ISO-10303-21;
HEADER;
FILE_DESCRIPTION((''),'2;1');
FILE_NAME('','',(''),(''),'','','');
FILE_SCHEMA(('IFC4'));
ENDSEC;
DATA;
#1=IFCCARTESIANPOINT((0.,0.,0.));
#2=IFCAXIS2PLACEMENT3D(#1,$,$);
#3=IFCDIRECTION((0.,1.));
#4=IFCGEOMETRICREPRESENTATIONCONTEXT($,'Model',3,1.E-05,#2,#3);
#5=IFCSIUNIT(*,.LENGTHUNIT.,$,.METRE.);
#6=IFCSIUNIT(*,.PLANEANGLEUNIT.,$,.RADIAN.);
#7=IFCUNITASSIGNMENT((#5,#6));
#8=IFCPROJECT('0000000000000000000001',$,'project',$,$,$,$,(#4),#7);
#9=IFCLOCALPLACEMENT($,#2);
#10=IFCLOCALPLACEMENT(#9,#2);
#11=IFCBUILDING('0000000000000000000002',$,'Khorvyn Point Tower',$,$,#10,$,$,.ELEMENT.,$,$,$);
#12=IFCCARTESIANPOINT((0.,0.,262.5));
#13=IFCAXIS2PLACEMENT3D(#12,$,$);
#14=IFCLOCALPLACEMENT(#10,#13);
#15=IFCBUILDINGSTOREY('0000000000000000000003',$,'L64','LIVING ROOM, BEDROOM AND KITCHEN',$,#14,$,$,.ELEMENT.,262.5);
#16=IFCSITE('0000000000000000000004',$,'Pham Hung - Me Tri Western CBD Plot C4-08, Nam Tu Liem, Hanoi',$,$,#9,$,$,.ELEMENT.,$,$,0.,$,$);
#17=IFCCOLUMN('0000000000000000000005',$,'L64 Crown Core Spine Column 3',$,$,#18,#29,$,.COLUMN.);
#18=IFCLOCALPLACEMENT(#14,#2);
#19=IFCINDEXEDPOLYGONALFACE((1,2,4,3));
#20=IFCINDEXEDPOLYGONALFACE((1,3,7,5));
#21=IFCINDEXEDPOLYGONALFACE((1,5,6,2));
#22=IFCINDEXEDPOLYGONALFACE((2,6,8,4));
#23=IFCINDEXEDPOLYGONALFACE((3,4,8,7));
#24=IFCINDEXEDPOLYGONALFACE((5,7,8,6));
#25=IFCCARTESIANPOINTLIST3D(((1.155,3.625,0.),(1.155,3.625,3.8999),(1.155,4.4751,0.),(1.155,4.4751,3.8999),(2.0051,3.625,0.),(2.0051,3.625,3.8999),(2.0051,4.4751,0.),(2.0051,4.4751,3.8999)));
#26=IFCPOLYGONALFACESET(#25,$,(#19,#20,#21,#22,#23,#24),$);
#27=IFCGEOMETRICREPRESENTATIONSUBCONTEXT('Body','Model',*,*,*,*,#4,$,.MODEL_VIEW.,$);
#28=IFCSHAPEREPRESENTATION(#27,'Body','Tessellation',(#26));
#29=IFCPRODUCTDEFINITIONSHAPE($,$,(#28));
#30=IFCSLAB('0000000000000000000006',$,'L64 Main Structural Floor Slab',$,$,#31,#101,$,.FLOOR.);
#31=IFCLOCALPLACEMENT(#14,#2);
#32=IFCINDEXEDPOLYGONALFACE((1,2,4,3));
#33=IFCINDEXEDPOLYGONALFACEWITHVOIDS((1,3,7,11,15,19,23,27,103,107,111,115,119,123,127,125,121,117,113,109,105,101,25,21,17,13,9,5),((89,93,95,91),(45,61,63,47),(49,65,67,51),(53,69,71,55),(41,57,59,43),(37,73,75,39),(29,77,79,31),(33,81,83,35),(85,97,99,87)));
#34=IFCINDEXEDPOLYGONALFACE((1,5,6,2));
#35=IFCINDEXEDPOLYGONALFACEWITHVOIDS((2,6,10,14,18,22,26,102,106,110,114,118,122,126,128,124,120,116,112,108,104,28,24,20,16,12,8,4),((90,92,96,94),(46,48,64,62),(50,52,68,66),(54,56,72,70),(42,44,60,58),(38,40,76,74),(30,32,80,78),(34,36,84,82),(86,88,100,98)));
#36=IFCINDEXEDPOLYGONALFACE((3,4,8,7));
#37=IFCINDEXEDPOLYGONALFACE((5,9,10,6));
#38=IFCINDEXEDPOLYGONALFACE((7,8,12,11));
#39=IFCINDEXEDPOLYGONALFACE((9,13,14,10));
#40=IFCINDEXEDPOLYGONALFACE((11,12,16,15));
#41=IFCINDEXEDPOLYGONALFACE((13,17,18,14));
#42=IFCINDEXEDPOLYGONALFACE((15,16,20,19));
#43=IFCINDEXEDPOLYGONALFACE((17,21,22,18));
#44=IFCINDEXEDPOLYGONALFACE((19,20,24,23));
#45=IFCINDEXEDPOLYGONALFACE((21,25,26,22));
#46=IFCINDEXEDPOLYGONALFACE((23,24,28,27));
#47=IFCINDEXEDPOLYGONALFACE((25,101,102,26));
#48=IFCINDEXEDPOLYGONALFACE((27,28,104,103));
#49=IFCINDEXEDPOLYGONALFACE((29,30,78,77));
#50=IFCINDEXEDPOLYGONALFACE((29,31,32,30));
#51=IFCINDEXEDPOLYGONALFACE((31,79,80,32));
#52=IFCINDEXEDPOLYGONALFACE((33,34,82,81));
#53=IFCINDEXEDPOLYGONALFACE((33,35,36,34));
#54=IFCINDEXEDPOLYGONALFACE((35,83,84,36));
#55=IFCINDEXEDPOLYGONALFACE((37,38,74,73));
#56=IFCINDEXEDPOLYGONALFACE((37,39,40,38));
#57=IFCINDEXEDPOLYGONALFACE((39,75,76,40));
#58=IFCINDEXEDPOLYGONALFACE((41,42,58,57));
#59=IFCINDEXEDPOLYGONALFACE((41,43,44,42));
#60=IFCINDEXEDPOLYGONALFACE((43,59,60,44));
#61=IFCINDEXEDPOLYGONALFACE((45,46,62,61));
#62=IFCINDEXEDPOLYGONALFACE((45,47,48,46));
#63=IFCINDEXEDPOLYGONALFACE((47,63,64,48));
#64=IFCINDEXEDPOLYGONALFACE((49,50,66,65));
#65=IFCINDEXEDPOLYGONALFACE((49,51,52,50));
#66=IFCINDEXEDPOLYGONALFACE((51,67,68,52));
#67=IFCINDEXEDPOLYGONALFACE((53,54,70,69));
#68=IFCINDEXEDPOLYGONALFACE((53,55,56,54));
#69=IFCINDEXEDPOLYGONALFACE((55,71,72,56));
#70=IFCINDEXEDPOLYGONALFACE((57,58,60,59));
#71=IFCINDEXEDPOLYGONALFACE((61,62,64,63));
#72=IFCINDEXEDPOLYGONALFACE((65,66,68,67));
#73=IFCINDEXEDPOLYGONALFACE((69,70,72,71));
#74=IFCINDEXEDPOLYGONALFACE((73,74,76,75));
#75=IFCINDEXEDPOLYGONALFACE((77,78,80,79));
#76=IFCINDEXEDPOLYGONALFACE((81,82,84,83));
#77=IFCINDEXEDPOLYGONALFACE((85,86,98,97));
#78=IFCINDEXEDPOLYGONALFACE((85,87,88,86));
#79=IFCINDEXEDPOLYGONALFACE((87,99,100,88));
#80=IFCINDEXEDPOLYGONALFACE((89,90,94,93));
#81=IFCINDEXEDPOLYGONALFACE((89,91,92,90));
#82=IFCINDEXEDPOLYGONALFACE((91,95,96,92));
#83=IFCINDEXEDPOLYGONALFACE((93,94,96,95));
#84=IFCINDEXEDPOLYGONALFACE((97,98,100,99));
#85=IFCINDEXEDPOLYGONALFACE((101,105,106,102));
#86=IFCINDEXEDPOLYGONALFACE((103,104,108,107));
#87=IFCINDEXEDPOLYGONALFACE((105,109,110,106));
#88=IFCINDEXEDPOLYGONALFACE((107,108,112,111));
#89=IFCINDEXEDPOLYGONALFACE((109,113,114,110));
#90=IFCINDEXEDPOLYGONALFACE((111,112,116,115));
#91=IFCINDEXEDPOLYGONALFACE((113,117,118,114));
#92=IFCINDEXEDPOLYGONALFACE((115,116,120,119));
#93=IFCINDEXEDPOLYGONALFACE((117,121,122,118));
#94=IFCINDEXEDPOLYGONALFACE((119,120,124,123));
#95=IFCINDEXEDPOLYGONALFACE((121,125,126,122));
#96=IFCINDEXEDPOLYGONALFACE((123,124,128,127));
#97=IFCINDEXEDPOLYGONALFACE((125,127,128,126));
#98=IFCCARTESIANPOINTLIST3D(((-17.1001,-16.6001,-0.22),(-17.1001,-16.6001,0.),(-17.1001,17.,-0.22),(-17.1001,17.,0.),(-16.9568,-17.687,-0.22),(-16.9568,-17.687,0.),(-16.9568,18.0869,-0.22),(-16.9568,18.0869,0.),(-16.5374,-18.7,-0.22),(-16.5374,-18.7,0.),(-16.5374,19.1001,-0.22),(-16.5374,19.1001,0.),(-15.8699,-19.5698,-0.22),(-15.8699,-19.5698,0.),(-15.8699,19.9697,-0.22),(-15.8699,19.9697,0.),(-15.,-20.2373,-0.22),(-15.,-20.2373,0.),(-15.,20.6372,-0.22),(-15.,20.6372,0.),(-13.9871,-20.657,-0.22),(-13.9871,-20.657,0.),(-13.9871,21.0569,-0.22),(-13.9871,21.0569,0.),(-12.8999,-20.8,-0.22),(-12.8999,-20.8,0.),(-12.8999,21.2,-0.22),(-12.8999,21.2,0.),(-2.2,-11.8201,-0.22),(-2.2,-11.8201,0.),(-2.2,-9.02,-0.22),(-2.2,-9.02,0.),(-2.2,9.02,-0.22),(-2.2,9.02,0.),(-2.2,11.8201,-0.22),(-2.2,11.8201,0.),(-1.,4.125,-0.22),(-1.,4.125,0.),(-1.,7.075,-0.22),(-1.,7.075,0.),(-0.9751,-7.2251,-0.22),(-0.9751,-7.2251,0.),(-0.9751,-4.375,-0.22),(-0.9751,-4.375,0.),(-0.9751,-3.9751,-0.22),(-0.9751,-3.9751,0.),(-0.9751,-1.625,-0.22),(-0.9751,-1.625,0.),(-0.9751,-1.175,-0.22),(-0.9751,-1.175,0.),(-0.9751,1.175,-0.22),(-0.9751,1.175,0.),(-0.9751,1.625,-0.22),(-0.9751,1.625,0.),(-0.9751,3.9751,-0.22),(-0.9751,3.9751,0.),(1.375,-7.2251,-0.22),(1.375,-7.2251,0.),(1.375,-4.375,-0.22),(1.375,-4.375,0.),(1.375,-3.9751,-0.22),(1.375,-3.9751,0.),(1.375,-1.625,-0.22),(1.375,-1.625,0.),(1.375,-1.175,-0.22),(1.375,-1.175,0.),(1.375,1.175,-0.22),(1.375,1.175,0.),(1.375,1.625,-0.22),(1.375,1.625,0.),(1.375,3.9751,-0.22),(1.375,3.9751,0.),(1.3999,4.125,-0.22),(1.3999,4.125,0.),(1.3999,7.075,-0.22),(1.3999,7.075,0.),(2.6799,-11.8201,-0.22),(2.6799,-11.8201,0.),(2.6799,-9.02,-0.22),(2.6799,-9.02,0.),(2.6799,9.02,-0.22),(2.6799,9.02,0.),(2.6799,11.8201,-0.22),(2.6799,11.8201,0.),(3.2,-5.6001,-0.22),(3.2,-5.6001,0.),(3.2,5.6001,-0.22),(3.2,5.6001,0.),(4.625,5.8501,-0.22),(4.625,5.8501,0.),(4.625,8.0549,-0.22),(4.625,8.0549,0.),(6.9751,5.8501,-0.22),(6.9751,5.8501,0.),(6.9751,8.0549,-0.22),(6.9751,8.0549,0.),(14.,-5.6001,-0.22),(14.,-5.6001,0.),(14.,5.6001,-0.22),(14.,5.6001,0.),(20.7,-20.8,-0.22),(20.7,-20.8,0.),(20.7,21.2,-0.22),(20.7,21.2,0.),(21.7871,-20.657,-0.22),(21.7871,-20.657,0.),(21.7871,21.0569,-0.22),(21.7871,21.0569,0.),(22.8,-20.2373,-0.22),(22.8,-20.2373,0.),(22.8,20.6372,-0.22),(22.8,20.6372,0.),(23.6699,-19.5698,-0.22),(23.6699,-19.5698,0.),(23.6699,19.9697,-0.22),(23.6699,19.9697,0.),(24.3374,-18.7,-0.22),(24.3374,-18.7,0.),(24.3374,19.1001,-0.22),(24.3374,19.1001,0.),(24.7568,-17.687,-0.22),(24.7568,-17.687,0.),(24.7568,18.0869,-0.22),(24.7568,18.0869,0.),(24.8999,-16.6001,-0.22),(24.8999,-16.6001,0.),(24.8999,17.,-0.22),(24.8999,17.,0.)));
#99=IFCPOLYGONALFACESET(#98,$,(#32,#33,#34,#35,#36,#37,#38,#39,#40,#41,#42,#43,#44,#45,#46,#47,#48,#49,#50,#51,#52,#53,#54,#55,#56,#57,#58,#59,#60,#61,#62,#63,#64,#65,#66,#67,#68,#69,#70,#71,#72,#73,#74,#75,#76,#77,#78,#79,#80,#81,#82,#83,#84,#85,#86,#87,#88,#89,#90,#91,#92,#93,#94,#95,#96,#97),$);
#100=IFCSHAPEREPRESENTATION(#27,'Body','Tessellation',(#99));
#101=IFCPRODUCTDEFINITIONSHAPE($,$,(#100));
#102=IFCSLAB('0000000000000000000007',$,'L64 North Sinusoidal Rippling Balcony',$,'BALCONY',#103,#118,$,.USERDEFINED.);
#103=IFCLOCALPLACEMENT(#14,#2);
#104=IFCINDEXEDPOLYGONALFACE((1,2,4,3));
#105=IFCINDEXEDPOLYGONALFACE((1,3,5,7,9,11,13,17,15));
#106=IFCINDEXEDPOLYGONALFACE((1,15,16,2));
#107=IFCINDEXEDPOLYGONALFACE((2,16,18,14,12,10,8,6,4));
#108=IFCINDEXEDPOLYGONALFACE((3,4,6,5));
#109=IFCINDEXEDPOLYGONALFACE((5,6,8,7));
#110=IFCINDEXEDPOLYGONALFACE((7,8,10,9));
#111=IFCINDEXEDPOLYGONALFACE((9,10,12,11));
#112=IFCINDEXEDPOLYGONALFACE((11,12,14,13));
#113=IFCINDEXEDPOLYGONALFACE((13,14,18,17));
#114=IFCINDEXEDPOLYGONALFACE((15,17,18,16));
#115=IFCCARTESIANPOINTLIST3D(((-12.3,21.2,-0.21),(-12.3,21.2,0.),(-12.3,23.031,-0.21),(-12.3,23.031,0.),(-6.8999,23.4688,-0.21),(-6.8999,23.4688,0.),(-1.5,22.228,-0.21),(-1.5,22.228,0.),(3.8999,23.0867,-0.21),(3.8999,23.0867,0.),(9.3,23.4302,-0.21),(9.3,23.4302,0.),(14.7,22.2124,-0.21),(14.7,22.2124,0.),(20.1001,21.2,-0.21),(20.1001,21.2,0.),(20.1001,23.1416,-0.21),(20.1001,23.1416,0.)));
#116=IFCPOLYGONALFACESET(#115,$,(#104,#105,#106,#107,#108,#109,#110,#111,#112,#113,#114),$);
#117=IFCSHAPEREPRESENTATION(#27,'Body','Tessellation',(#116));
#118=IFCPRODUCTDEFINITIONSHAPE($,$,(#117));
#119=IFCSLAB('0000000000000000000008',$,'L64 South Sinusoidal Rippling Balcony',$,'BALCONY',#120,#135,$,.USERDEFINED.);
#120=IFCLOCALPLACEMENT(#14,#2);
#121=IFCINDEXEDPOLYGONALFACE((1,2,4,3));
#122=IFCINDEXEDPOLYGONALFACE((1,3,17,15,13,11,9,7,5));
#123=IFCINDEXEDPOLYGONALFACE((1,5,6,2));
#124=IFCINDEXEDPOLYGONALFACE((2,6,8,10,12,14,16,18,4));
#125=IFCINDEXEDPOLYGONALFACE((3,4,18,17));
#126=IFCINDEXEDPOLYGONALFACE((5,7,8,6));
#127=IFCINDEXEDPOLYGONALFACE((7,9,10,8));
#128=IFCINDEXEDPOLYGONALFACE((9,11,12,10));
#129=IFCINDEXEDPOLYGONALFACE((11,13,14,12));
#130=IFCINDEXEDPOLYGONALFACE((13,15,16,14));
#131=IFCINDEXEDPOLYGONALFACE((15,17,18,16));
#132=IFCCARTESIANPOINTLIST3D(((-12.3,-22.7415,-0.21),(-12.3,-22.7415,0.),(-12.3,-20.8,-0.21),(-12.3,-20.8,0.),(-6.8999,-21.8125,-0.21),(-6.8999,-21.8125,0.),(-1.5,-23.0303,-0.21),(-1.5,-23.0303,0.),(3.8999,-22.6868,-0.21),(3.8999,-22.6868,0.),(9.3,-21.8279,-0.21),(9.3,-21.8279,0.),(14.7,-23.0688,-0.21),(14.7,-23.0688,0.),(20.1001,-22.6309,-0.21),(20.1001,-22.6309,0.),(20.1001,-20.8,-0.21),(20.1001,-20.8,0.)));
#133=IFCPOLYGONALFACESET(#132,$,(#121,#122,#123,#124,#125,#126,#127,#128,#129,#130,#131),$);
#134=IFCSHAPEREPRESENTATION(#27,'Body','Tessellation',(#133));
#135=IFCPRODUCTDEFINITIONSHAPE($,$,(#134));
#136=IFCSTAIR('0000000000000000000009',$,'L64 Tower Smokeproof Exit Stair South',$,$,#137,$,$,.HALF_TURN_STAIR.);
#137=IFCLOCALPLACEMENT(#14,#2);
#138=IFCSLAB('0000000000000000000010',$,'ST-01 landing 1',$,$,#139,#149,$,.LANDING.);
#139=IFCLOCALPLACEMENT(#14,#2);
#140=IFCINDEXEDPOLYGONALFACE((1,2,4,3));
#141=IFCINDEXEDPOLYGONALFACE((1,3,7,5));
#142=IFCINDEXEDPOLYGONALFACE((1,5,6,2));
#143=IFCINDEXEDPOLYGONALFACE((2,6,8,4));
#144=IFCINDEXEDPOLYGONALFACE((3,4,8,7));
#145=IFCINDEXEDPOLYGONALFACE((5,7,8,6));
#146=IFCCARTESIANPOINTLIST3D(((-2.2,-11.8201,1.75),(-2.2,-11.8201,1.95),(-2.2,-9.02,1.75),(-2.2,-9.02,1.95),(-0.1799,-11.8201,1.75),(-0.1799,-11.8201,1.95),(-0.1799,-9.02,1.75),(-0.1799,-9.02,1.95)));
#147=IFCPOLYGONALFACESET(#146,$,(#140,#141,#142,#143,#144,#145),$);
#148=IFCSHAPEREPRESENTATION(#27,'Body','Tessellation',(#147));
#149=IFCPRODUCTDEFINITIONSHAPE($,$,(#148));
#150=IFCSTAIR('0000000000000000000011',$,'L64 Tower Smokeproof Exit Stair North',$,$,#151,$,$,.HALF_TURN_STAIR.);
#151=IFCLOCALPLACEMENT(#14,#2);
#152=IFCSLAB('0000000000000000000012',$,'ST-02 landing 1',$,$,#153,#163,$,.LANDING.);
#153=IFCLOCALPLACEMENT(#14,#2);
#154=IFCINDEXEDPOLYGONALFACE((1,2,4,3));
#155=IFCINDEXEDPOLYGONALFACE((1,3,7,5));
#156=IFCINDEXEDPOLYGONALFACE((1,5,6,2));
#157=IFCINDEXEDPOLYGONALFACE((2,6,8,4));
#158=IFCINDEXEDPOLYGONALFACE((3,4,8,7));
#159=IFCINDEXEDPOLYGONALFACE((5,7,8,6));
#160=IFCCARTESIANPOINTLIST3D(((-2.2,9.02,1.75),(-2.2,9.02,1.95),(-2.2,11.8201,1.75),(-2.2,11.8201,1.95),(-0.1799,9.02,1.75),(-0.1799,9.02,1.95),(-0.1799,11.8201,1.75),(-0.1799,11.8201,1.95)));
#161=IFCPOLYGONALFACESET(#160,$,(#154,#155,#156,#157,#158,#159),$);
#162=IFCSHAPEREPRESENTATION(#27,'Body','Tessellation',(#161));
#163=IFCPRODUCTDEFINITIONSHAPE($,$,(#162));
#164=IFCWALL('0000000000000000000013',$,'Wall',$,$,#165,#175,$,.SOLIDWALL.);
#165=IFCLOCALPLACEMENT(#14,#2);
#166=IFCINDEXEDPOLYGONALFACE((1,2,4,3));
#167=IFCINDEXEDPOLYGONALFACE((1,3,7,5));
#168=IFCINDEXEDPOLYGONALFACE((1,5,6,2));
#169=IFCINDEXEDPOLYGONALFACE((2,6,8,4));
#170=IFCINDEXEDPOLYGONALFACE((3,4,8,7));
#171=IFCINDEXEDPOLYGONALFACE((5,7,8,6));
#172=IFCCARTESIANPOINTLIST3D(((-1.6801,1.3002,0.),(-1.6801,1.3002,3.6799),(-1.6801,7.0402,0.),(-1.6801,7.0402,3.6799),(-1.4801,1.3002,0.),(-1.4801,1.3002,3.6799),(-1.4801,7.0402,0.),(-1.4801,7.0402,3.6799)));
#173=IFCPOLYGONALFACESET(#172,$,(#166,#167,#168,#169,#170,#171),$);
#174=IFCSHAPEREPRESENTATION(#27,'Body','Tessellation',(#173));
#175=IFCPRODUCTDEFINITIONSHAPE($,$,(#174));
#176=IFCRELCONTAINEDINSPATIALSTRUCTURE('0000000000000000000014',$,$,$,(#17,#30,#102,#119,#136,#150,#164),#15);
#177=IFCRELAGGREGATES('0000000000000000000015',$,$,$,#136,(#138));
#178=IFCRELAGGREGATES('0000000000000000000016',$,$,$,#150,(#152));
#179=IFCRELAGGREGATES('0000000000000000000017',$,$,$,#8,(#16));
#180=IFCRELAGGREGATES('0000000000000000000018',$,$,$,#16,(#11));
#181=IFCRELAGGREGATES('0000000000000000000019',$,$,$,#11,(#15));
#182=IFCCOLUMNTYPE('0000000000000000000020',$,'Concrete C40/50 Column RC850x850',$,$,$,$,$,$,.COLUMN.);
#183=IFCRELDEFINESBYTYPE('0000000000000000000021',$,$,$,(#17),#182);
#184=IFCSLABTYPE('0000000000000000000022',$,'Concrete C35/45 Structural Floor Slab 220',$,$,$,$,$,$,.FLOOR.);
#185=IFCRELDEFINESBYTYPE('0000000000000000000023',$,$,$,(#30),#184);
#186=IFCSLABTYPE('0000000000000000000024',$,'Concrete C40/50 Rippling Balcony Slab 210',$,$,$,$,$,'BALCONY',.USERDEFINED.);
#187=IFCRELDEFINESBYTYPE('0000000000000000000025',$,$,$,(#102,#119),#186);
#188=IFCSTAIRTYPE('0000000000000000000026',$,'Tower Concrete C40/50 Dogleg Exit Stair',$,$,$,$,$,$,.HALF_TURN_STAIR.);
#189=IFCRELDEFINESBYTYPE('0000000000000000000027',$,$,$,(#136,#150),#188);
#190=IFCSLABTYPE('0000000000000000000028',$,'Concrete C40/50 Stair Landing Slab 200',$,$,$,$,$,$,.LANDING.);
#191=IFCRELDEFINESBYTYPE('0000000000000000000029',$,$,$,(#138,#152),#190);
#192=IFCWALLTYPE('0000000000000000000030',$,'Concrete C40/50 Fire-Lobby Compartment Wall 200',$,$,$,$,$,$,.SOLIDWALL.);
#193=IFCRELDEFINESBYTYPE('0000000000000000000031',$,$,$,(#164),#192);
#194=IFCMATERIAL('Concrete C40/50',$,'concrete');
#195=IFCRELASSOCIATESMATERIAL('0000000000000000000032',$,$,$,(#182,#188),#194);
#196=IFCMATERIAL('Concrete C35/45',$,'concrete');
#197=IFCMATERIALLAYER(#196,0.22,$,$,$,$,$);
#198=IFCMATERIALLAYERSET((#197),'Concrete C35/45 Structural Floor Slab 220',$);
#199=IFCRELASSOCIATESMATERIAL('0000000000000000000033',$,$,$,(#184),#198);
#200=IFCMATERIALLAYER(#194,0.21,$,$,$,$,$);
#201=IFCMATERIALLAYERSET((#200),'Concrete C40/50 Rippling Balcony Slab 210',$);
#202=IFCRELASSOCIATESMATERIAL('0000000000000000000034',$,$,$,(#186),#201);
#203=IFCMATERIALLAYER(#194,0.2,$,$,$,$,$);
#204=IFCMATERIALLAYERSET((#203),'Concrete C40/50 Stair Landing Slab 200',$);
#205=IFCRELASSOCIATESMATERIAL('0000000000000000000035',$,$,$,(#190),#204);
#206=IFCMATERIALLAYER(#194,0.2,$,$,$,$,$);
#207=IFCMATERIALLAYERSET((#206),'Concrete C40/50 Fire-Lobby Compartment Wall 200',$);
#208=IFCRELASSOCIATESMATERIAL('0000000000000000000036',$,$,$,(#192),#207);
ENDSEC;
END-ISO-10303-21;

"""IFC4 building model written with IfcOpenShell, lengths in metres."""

from ifc_helpers import new_model, si_unit, direction, frame, frame_2d, origin, origin_2d, place, context, subcontext, project, spatial, polyline, rectangle, outline, extrude, material, layer, layer_set, material_profile, profile_set, type_object, element, aggregate, save


model = new_model("IFC4")

# Units and contexts
model_context = context("Model", 3, precision=1e-05, world=origin(), true_north=direction((0.0, 1.0)))
body_context = subcontext(model_context, "Body", "Model", "MODEL_VIEW")
ifc_project = project(units=[si_unit("LENGTHUNIT", "METRE"), si_unit("PLANEANGLEUNIT", "RADIAN")], contexts=[model_context])

# Site, building, storey
site_placement = place(None, origin())
site = spatial("IfcSite", under=ifc_project, at=site_placement, Name="Pham Hung - Me Tri Western CBD Plot C4-08, Nam Tu Liem, Hanoi", CompositionType="ELEMENT", RefElevation=0.0)
building_placement = place(site_placement, origin())
building = spatial("IfcBuilding", under=site, at=building_placement, Name="Khorvyn Point Tower", CompositionType="ELEMENT")
storey_placement = place(building_placement, frame((0.0, 0.0, 262.5)))
storey = spatial("IfcBuildingStorey", under=building, at=storey_placement, Name="L64", Description="LIVING ROOM, BEDROOM AND KITCHEN", CompositionType="ELEMENT", Elevation=262.5)

# Column
ifc_material_1 = material(Name="Concrete C40/50", Category="concrete")
ifc_material_profile = material_profile(ifc_material_1, rectangle(XDim=0.8501, YDim=0.8501, at=origin_2d()))
ifc_profile_set = profile_set([ifc_material_profile], Name="Concrete C40/50 RC850x850")
column_type = type_object("IfcColumnType", Name="Concrete C40/50 Column RC850x850", PredefinedType="COLUMN", material=ifc_profile_set)
column_placement = place(storey_placement, frame((1.5801, 4.05, 0.0), z_axis=(0.0, 0.0, 1.0), x_axis=(1.0, 0.0, 0.0)))
element("IfcColumn", 1, at=column_placement, inside=storey, type_object=column_type, Name="L64 Crown Core Spine Column 3", PredefinedType="COLUMN", context=body_context, shape_type="SweptSolid", body=[
    extrude(rectangle(XDim=0.8501, YDim=0.8501, at=origin_2d()), origin(), (0.0, 0.0, 1.0), 3.8999),
])

# Slabs
ifc_material_2 = material(Name="Concrete C35/45", Category="concrete")
ifc_layer_1 = layer(ifc_material_2, 0.22)
ifc_layer_set_1 = layer_set([ifc_layer_1], Name="Concrete C35/45 Structural Floor Slab 220")
slab_type_1 = type_object("IfcSlabType", Name="Concrete C35/45 Structural Floor Slab 220", PredefinedType="FLOOR", material=ifc_layer_set_1)
slab_1_placement = place(storey_placement, frame((0.0, 0.0, -0.22)))
element("IfcSlab", 2, at=slab_1_placement, inside=storey, type_object=slab_type_1, Name="L64 Main Structural Floor Slab", PredefinedType="FLOOR", context=body_context, shape_type="SweptSolid", body=[
    extrude(outline(polyline([(-12.8999, -20.8), (-13.9871, -20.657), (-15.0, -20.2373), (-15.8699, -19.5698), (-16.5374, -18.7), (-16.9568, -17.687), (-17.1001, -16.6001), (-17.1001, 17.0), (-16.9568, 18.0869), (-16.5374, 19.1001), (-15.8699, 19.9697), (-15.0, 20.6372), (-13.9871, 21.0569), (-12.8999, 21.2), (20.7, 21.2), (21.7871, 21.0569), (22.8, 20.6372), (23.6699, 19.9697), (24.3374, 19.1001), (24.7568, 18.0869), (24.8999, 17.0), (24.8999, -16.6001), (24.7568, -17.687), (24.3374, -18.7), (23.6699, -19.5698), (22.8, -20.2373), (21.7871, -20.657), (20.7, -20.8), (-12.8999, -20.8)]), holes=[polyline([(2.6799, -11.8201), (2.6799, -9.02), (-2.2, -9.02), (-2.2, -11.8201), (2.6799, -11.8201)]), polyline([(1.375, -7.2251), (1.375, -4.375), (-0.9751, -4.375), (-0.9751, -7.2251), (1.375, -7.2251)]), polyline([(1.375, -3.9751), (1.375, -1.625), (-0.9751, -1.625), (-0.9751, -3.9751), (1.375, -3.9751)]), polyline([(1.375, -1.175), (1.375, 1.175), (-0.9751, 1.175), (-0.9751, -1.175), (1.375, -1.175)]), polyline([(14.0, -5.6001), (14.0, 5.6001), (3.2, 5.6001), (3.2, -5.6001), (14.0, -5.6001)]), polyline([(1.375, 1.625), (1.375, 3.9751), (-0.9751, 3.9751), (-0.9751, 1.625), (1.375, 1.625)]), polyline([(1.3999, 4.125), (1.3999, 7.075), (-1.0, 7.075), (-1.0, 4.125), (1.3999, 4.125)]), polyline([(4.625, 5.8501), (6.9751, 5.8501), (6.9751, 8.0549), (4.625, 8.0549), (4.625, 5.8501)]), polyline([(-2.2, 9.02), (2.6799, 9.02), (2.6799, 11.8201), (-2.2, 11.8201), (-2.2, 9.02)])]), origin(), (0.0, 0.0, 1.0), 0.22),
])
ifc_layer_2 = layer(ifc_material_1, 0.21)
ifc_layer_set_2 = layer_set([ifc_layer_2], Name="Concrete C40/50 Rippling Balcony Slab 210")
slab_type_2 = type_object("IfcSlabType", Name="Concrete C40/50 Rippling Balcony Slab 210", ElementType="BALCONY", PredefinedType="USERDEFINED", material=ifc_layer_set_2)
slab_2_placement = place(storey_placement, frame((0.0, 0.0, -0.21)))
element("IfcSlab", 3, at=slab_2_placement, inside=storey, type_object=slab_type_2, Name="L64 North Sinusoidal Rippling Balcony", ObjectType="BALCONY", PredefinedType="USERDEFINED", context=body_context, shape_type="SweptSolid", body=[
    extrude(outline(polyline([(20.1001, 21.2), (20.1001, 23.1416), (14.7, 22.2124), (9.3, 23.4302), (3.8999, 23.0867), (-1.5, 22.228), (-6.8999, 23.4688), (-12.3, 23.031), (-12.3, 21.2), (20.1001, 21.2)])), origin(), (0.0, 0.0, 1.0), 0.21),
])
slab_3_placement = place(storey_placement, frame((0.0, 0.0, -0.21)))
element("IfcSlab", 4, at=slab_3_placement, inside=storey, type_object=slab_type_2, Name="L64 South Sinusoidal Rippling Balcony", ObjectType="BALCONY", PredefinedType="USERDEFINED", context=body_context, shape_type="SweptSolid", body=[
    extrude(outline(polyline([(-12.3, -20.8), (-12.3, -22.7415), (-6.8999, -21.8125), (-1.5, -23.0303), (3.8999, -22.6868), (9.3, -21.8279), (14.7, -23.0688), (20.1001, -22.6309), (20.1001, -20.8), (-12.3, -20.8)])), origin(), (0.0, 0.0, 1.0), 0.21),
])

# Stairs, slabs
stair_type = type_object("IfcStairType", Name="Tower Concrete C40/50 Dogleg Exit Stair", PredefinedType="HALF_TURN_STAIR", material=ifc_material_1)
stair_1_placement = place(storey_placement, origin())
stair_1 = element("IfcStair", 5, at=stair_1_placement, inside=storey, type_object=stair_type, Name="L64 Tower Smokeproof Exit Stair South", PredefinedType="HALF_TURN_STAIR")
ifc_layer_3 = layer(ifc_material_1, 0.2)
ifc_layer_set_3 = layer_set([ifc_layer_3], Name="Concrete C40/50 Stair Landing Slab 200")
slab_type_3 = type_object("IfcSlabType", Name="Concrete C40/50 Stair Landing Slab 200", PredefinedType="LANDING", material=ifc_layer_set_3)
slab_4_placement = place(storey_placement, frame((0.0, 0.0, 1.75)))
slab_4 = element("IfcSlab", 6, at=slab_4_placement, type_object=slab_type_3, Name="ST-01 landing 1", PredefinedType="LANDING", context=body_context, shape_type="SweptSolid", body=[
    extrude(outline(polyline([(-0.1799, -9.02), (-2.2, -9.02), (-2.2, -11.8201), (-0.1799, -11.8201), (-0.1799, -9.02)])), origin(), (0.0, 0.0, 1.0), 0.2),
])
aggregate(stair_1, [slab_4])
stair_2_placement = place(storey_placement, origin())
stair_2 = element("IfcStair", 7, at=stair_2_placement, inside=storey, type_object=stair_type, Name="L64 Tower Smokeproof Exit Stair North", PredefinedType="HALF_TURN_STAIR")
slab_5_placement = place(storey_placement, frame((0.0, 0.0, 1.75)))
slab_5 = element("IfcSlab", 8, at=slab_5_placement, type_object=slab_type_3, Name="ST-02 landing 1", PredefinedType="LANDING", context=body_context, shape_type="SweptSolid", body=[
    extrude(outline(polyline([(-0.1799, 11.8201), (-2.2, 11.8201), (-2.2, 9.02), (-0.1799, 9.02), (-0.1799, 11.8201)])), origin(), (0.0, 0.0, 1.0), 0.2),
])

# Wall
ifc_layer_4 = layer(ifc_material_1, 0.2)
ifc_layer_set_4 = layer_set([ifc_layer_4], Name="Concrete C40/50 Fire-Lobby Compartment Wall 200")
wall_type_1 = type_object("IfcWallType", Name="Concrete C40/50 Fire-Lobby Compartment Wall 200", PredefinedType="SOLIDWALL", material=ifc_layer_set_4)
wall_1_placement = place(storey_placement, frame((-1.5801, 1.3, 0.0), z_axis=(0.0, 0.0, 1.0), x_axis=(0.0, 1.0, 0.0)))
element("IfcWall", 9, at=wall_1_placement, inside=storey, type_object=wall_type_1, Name="Wall", PredefinedType="SOLIDWALL", context=body_context, shape_type="SweptSolid", body=[
    extrude(rectangle(XDim=5.74, YDim=0.2, at=frame_2d((2.8701, 0.0))), origin(), (0.0, 0.0, 1.0), 3.6799),
])

aggregate(stair_2, [slab_5])

save(model, "model.ifc")
